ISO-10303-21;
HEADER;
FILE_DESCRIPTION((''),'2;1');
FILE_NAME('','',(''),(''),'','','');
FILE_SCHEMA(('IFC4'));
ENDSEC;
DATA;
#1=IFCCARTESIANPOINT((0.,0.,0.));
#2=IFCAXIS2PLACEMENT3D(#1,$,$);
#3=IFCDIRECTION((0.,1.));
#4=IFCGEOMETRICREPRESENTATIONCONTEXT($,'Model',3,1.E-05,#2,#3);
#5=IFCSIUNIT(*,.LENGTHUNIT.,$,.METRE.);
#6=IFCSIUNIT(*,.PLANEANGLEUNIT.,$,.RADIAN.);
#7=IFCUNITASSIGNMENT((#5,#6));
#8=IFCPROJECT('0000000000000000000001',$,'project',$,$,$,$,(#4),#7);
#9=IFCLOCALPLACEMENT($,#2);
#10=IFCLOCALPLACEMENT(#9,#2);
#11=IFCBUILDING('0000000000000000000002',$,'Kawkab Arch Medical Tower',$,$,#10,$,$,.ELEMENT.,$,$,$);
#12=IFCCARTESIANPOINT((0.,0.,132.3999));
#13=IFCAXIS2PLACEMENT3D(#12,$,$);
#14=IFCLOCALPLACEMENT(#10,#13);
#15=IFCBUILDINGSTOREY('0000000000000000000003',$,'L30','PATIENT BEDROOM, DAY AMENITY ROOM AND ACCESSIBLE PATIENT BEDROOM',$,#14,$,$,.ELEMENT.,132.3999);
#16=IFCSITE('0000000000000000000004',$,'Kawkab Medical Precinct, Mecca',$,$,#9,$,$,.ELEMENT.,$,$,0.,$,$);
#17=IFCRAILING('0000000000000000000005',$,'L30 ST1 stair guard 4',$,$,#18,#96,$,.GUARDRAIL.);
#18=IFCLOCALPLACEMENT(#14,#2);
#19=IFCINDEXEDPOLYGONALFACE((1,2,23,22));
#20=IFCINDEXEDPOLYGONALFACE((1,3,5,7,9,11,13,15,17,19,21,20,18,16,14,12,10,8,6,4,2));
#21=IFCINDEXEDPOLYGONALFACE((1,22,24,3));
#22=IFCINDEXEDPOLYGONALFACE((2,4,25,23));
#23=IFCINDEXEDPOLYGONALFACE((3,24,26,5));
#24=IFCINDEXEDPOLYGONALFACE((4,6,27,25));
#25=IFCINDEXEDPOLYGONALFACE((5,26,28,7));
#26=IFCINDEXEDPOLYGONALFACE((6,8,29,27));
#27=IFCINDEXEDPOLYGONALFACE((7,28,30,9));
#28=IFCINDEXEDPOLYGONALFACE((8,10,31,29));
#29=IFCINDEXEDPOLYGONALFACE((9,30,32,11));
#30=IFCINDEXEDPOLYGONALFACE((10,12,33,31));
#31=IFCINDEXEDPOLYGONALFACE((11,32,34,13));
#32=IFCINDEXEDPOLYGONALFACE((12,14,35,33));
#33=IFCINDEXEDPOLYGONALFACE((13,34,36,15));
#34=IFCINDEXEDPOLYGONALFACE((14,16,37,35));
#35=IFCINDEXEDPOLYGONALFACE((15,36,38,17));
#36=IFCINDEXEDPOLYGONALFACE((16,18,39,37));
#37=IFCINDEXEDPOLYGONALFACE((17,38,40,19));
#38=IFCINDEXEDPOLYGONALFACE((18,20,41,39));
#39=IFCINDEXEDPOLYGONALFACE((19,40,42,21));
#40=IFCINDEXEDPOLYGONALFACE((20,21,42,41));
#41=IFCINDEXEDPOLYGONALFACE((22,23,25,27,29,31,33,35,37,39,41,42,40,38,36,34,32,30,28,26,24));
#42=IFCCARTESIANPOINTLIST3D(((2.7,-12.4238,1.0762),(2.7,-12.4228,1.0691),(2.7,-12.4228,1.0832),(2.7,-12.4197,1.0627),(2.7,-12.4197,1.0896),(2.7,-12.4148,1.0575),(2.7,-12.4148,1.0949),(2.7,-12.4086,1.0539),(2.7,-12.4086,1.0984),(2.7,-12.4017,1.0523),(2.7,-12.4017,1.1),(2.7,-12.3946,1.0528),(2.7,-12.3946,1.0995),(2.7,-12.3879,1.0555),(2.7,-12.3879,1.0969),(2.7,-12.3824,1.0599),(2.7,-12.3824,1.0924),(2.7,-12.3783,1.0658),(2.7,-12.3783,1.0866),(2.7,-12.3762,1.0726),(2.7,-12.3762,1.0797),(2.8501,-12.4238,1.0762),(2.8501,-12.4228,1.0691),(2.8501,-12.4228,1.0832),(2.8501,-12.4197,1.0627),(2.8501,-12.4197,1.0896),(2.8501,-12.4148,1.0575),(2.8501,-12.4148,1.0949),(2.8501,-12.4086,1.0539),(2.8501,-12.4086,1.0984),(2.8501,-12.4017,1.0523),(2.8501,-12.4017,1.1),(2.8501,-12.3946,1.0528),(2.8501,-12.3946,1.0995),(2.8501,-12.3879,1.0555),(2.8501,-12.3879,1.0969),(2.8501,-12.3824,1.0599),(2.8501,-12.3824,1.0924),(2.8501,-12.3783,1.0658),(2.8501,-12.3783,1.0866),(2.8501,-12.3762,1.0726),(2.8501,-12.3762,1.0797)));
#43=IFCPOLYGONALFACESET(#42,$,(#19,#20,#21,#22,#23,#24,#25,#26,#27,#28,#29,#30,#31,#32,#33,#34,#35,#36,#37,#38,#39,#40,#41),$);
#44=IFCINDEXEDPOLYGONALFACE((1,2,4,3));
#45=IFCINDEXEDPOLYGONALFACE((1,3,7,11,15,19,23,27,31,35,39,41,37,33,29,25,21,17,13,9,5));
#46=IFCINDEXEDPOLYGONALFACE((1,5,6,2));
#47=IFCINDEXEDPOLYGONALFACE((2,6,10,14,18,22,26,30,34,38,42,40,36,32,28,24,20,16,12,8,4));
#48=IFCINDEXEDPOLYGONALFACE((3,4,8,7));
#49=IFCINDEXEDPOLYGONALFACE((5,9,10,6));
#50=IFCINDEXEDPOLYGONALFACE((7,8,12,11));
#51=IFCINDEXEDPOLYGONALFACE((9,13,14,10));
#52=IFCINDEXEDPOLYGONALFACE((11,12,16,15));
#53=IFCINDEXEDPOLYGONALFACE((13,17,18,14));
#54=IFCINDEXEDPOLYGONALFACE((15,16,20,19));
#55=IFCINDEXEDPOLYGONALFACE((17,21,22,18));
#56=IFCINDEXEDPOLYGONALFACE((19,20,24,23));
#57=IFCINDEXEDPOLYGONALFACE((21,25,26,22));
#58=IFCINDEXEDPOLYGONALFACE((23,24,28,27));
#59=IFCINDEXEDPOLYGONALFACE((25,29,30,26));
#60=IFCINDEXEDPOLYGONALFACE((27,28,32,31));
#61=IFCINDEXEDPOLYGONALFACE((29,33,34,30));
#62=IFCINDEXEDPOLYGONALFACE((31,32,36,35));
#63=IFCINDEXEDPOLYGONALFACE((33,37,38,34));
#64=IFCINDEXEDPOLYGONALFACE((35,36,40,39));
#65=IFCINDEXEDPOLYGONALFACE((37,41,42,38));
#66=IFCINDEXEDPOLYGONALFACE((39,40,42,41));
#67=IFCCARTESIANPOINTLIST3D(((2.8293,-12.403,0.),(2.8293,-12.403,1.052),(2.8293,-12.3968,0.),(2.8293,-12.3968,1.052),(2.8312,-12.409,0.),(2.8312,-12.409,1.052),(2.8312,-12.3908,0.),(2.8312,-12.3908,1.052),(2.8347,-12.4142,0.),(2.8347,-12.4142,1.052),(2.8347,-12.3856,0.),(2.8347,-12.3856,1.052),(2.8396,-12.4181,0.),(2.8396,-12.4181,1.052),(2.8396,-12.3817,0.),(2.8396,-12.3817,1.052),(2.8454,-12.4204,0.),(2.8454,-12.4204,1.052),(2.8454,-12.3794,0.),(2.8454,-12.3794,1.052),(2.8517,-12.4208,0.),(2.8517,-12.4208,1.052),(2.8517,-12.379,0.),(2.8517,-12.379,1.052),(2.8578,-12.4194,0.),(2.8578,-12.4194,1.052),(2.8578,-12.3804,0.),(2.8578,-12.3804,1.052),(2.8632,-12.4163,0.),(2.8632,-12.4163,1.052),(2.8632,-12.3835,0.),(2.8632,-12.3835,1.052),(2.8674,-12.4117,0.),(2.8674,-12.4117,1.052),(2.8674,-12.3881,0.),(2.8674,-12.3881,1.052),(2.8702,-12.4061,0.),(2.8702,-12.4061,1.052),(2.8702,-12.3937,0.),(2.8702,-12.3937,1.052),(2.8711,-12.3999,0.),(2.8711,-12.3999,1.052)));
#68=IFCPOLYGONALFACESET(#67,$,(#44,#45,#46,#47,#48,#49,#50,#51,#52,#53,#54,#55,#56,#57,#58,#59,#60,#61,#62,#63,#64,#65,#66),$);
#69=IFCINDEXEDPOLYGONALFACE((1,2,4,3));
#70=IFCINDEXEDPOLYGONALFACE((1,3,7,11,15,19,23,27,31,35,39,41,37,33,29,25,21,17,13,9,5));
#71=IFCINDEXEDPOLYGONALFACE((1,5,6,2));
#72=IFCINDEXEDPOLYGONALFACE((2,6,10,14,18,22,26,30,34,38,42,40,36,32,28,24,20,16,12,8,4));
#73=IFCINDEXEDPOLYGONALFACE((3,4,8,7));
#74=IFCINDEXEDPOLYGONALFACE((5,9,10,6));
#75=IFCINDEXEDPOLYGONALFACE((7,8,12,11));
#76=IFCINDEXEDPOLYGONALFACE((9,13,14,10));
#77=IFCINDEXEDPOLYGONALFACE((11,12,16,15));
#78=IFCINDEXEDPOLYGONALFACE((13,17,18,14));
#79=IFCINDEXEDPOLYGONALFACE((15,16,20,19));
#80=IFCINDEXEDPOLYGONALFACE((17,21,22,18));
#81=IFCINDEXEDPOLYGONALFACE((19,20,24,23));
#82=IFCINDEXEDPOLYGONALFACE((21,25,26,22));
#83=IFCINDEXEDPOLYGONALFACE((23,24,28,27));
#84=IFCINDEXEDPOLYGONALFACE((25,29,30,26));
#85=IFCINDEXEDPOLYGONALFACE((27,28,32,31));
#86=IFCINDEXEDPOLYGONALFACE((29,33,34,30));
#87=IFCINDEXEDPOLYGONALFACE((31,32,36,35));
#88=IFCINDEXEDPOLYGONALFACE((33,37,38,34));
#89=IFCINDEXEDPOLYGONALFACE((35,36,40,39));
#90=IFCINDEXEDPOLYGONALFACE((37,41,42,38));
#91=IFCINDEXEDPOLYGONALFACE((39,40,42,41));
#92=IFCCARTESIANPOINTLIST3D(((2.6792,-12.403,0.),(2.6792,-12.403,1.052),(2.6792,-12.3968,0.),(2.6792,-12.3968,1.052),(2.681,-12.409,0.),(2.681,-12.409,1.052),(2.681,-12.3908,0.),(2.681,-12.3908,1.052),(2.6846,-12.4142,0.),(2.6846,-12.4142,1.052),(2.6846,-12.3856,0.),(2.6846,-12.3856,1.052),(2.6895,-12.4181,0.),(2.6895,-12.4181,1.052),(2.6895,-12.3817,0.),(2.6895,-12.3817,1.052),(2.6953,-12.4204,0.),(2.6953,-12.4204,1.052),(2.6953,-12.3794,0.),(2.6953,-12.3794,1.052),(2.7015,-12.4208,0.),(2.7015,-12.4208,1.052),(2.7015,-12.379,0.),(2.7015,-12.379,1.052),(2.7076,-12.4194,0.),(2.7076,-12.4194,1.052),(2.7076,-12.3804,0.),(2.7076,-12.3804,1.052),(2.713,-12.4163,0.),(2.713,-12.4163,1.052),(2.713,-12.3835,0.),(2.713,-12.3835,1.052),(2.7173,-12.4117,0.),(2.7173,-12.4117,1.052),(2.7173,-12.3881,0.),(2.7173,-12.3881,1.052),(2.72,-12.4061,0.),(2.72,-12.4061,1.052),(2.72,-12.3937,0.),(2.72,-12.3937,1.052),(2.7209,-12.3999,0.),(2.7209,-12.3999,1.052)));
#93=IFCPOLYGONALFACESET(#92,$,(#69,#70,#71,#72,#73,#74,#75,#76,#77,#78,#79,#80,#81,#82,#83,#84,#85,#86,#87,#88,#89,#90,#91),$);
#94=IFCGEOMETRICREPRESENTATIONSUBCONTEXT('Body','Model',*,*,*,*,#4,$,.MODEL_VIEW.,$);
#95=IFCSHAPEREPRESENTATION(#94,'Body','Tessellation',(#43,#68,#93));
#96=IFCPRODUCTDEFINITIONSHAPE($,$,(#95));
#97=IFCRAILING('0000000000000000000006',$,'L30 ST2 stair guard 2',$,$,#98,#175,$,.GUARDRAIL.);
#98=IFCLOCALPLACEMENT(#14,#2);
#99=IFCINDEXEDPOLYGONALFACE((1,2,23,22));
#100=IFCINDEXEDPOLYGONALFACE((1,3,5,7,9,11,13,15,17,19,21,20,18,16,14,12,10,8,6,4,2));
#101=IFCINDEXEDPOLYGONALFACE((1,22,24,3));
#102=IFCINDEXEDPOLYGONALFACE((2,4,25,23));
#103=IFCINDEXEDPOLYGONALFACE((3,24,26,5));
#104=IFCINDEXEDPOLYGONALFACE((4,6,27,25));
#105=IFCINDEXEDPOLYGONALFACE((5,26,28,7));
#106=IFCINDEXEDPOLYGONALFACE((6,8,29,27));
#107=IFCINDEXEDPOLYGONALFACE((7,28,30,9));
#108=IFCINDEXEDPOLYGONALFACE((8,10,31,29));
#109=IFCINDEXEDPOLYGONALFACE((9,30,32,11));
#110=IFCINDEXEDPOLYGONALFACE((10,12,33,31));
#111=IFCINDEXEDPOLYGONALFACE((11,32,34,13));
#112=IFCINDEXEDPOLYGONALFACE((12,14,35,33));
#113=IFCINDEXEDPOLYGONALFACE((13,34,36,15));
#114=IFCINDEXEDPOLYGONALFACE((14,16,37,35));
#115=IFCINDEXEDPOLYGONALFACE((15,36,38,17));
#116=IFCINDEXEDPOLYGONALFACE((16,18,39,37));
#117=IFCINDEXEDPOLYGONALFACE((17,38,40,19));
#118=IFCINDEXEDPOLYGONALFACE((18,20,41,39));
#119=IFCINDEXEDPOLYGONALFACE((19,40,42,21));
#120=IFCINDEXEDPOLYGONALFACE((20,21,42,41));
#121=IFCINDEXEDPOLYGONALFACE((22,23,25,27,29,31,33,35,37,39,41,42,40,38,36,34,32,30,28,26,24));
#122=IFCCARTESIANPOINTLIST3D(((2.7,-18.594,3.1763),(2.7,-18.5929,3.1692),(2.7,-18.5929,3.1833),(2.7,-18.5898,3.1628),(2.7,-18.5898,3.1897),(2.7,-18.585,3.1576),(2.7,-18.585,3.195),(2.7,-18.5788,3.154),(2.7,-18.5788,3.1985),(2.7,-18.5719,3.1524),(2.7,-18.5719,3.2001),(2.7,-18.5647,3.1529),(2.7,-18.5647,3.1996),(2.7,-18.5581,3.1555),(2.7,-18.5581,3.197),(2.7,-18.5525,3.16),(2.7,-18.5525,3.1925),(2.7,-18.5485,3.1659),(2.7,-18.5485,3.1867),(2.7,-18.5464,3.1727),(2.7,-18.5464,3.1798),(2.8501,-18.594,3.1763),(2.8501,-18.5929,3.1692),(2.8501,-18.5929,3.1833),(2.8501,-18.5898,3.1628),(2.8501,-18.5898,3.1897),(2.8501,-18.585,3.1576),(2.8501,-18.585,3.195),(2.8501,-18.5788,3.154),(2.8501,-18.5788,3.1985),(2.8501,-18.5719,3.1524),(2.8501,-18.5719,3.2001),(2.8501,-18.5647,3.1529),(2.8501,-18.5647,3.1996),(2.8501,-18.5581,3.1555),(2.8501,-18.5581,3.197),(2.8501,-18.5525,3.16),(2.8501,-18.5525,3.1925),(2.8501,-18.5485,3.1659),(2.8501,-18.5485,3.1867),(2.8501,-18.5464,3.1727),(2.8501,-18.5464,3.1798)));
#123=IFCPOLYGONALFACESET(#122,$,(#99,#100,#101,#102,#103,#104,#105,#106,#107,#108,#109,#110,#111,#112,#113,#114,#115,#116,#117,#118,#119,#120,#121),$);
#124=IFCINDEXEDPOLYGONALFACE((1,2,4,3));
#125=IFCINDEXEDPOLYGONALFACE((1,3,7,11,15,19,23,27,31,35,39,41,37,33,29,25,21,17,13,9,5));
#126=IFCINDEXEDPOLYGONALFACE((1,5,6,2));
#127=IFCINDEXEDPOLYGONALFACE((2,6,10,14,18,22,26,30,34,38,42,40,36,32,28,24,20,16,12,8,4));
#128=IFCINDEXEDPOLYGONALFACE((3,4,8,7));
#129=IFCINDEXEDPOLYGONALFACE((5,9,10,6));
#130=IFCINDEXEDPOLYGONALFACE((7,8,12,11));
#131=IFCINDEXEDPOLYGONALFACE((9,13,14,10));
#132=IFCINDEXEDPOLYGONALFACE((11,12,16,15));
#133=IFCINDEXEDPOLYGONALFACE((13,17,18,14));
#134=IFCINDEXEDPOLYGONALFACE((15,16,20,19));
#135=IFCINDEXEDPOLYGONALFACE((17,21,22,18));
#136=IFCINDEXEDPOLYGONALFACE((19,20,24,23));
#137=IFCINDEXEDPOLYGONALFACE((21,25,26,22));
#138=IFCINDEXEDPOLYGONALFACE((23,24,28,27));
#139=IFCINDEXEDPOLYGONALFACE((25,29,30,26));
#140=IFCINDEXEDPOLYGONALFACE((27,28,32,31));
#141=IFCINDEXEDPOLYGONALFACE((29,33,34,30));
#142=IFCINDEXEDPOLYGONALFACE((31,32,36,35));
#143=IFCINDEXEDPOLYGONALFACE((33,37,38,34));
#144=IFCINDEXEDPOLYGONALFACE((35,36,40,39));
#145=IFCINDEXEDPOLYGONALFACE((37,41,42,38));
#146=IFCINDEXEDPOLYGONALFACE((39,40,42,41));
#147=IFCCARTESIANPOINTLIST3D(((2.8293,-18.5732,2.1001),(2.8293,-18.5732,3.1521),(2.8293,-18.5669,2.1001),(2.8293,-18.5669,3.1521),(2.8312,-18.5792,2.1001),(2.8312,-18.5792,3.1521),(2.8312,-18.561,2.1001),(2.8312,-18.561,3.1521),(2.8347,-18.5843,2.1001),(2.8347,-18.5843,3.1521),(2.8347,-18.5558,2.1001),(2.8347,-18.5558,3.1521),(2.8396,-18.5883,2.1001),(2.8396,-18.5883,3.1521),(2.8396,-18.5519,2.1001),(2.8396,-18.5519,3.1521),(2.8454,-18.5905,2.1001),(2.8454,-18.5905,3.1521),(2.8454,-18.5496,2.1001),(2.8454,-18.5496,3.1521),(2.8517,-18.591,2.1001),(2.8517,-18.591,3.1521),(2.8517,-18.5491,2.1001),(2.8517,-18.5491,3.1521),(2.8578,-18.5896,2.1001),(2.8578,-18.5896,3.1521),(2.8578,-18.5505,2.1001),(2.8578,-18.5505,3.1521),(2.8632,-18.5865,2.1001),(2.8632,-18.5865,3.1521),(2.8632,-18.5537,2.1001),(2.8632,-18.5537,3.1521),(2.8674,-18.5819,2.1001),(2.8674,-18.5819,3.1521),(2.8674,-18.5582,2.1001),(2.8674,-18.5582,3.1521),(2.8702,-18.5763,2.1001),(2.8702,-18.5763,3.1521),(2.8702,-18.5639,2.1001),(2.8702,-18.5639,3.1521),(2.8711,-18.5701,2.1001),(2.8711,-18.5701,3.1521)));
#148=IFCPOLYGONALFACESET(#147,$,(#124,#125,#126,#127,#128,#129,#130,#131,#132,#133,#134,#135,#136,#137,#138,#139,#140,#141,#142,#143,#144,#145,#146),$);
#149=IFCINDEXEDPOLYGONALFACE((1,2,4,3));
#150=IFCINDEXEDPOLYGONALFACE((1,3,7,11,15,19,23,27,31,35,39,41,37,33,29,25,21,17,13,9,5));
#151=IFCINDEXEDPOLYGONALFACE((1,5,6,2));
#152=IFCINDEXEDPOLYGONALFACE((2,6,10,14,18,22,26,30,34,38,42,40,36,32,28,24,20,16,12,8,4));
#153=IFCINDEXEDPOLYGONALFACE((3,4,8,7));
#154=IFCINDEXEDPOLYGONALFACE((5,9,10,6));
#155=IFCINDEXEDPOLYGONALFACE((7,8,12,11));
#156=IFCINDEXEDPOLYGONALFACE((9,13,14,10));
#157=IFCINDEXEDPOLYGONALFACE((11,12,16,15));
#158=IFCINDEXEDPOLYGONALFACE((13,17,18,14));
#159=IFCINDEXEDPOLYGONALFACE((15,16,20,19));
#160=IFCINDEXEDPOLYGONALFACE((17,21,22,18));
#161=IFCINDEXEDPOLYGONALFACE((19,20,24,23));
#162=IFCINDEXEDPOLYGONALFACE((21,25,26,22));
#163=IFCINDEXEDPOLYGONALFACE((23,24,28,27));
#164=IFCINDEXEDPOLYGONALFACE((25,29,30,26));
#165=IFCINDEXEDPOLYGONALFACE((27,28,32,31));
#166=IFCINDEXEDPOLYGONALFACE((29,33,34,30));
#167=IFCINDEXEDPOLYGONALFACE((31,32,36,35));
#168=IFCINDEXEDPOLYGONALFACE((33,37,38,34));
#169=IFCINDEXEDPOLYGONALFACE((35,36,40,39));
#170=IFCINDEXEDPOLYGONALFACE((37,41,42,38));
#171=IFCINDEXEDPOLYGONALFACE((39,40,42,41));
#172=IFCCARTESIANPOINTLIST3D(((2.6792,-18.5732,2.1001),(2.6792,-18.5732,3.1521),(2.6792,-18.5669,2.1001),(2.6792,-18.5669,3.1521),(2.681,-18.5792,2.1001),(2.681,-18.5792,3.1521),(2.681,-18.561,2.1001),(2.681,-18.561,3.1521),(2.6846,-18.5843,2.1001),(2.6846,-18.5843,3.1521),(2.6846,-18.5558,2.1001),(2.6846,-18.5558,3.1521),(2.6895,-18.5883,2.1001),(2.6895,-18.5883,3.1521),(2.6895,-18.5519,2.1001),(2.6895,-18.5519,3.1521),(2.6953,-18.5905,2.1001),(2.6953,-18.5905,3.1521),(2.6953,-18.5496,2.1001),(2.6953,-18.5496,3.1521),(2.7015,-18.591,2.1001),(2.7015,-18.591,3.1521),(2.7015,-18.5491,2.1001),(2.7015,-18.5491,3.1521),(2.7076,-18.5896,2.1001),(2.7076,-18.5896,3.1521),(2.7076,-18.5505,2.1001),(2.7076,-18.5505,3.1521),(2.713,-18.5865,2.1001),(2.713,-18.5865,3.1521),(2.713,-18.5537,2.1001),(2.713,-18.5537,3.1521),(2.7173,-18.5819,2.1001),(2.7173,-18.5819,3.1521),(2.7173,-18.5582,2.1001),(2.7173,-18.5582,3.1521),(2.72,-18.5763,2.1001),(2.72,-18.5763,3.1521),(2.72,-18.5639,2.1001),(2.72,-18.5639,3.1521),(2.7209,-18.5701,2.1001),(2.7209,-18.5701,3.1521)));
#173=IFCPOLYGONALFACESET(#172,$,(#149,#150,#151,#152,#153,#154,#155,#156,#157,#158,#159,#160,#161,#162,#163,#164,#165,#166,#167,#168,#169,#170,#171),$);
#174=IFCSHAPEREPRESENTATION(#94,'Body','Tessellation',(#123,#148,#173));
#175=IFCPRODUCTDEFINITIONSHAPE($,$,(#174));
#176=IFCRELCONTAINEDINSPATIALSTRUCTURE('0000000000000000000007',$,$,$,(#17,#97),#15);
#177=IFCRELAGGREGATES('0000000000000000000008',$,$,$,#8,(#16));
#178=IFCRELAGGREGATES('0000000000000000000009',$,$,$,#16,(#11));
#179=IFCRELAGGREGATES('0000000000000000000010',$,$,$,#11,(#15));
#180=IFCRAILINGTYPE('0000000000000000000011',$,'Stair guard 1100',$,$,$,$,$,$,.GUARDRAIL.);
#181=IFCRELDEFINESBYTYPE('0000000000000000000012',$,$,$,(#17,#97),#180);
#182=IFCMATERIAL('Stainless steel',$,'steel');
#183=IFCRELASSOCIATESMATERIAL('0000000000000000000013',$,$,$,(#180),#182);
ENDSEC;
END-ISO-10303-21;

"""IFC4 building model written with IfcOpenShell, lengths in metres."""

from ifc_helpers import new_model, si_unit, direction, frame, origin, origin_2d, place, context, subcontext, project, spatial, circle, extrude, material, type_object, element, save


model = new_model("IFC4")

# Units and contexts
model_context = context("Model", 3, precision=1e-05, world=origin(), true_north=direction((0.0, 1.0)))
body_context = subcontext(model_context, "Body", "Model", "MODEL_VIEW")
ifc_project = project(units=[si_unit("LENGTHUNIT", "METRE"), si_unit("PLANEANGLEUNIT", "RADIAN")], contexts=[model_context])

# Site, building, storey
site_placement = place(None, origin())
site = spatial("IfcSite", under=ifc_project, at=site_placement, Name="Kawkab Medical Precinct, Mecca", CompositionType="ELEMENT", RefElevation=0.0)
building_placement = place(site_placement, origin())
building = spatial("IfcBuilding", under=site, at=building_placement, Name="Kawkab Arch Medical Tower", CompositionType="ELEMENT")
storey_placement = place(building_placement, frame((0.0, 0.0, 132.3999)))
storey = spatial("IfcBuildingStorey", under=building, at=storey_placement, Name="L30", Description="PATIENT BEDROOM, DAY AMENITY ROOM AND ACCESSIBLE PATIENT BEDROOM", CompositionType="ELEMENT", Elevation=132.3999)

# Railings
ifc_material_1 = material(Name="Stainless steel", Category="steel")
railing_type_1 = type_object("IfcRailingType", Name="Stair guard 1100", PredefinedType="GUARDRAIL", material=ifc_material_1)
for number, where, name in (
    (1, (2.8501, -12.3999, 0.0), "L30 ST1 stair guard 4"),
    (2, (2.8501, -18.5701, 2.1001), "L30 ST2 stair guard 2"),
):
    element("IfcRailing", number, at=place(storey_placement, frame(where)), inside=storey, type_object=railing_type_1, Name=name, PredefinedType="GUARDRAIL", context=body_context, shape_type="SweptSolid", body=[
        extrude(circle(Radius=0.0239, at=origin_2d()), frame((0.0, 0.0, 1.0762), z_axis=(-1.0, 0.0, 0.0), x_axis=(0.0, -1.0, 0.0)), (0.0, 0.0, 1.0), 0.1501),
        extrude(circle(Radius=0.021, at=origin_2d()), origin(), (0.0, 0.0, 1.0), 1.052),
        extrude(circle(Radius=0.021, at=origin_2d()), frame((-0.1501, 0.0, 0.0)), (0.0, 0.0, 1.0), 1.052),
    ])

save(model, "model.ifc")
